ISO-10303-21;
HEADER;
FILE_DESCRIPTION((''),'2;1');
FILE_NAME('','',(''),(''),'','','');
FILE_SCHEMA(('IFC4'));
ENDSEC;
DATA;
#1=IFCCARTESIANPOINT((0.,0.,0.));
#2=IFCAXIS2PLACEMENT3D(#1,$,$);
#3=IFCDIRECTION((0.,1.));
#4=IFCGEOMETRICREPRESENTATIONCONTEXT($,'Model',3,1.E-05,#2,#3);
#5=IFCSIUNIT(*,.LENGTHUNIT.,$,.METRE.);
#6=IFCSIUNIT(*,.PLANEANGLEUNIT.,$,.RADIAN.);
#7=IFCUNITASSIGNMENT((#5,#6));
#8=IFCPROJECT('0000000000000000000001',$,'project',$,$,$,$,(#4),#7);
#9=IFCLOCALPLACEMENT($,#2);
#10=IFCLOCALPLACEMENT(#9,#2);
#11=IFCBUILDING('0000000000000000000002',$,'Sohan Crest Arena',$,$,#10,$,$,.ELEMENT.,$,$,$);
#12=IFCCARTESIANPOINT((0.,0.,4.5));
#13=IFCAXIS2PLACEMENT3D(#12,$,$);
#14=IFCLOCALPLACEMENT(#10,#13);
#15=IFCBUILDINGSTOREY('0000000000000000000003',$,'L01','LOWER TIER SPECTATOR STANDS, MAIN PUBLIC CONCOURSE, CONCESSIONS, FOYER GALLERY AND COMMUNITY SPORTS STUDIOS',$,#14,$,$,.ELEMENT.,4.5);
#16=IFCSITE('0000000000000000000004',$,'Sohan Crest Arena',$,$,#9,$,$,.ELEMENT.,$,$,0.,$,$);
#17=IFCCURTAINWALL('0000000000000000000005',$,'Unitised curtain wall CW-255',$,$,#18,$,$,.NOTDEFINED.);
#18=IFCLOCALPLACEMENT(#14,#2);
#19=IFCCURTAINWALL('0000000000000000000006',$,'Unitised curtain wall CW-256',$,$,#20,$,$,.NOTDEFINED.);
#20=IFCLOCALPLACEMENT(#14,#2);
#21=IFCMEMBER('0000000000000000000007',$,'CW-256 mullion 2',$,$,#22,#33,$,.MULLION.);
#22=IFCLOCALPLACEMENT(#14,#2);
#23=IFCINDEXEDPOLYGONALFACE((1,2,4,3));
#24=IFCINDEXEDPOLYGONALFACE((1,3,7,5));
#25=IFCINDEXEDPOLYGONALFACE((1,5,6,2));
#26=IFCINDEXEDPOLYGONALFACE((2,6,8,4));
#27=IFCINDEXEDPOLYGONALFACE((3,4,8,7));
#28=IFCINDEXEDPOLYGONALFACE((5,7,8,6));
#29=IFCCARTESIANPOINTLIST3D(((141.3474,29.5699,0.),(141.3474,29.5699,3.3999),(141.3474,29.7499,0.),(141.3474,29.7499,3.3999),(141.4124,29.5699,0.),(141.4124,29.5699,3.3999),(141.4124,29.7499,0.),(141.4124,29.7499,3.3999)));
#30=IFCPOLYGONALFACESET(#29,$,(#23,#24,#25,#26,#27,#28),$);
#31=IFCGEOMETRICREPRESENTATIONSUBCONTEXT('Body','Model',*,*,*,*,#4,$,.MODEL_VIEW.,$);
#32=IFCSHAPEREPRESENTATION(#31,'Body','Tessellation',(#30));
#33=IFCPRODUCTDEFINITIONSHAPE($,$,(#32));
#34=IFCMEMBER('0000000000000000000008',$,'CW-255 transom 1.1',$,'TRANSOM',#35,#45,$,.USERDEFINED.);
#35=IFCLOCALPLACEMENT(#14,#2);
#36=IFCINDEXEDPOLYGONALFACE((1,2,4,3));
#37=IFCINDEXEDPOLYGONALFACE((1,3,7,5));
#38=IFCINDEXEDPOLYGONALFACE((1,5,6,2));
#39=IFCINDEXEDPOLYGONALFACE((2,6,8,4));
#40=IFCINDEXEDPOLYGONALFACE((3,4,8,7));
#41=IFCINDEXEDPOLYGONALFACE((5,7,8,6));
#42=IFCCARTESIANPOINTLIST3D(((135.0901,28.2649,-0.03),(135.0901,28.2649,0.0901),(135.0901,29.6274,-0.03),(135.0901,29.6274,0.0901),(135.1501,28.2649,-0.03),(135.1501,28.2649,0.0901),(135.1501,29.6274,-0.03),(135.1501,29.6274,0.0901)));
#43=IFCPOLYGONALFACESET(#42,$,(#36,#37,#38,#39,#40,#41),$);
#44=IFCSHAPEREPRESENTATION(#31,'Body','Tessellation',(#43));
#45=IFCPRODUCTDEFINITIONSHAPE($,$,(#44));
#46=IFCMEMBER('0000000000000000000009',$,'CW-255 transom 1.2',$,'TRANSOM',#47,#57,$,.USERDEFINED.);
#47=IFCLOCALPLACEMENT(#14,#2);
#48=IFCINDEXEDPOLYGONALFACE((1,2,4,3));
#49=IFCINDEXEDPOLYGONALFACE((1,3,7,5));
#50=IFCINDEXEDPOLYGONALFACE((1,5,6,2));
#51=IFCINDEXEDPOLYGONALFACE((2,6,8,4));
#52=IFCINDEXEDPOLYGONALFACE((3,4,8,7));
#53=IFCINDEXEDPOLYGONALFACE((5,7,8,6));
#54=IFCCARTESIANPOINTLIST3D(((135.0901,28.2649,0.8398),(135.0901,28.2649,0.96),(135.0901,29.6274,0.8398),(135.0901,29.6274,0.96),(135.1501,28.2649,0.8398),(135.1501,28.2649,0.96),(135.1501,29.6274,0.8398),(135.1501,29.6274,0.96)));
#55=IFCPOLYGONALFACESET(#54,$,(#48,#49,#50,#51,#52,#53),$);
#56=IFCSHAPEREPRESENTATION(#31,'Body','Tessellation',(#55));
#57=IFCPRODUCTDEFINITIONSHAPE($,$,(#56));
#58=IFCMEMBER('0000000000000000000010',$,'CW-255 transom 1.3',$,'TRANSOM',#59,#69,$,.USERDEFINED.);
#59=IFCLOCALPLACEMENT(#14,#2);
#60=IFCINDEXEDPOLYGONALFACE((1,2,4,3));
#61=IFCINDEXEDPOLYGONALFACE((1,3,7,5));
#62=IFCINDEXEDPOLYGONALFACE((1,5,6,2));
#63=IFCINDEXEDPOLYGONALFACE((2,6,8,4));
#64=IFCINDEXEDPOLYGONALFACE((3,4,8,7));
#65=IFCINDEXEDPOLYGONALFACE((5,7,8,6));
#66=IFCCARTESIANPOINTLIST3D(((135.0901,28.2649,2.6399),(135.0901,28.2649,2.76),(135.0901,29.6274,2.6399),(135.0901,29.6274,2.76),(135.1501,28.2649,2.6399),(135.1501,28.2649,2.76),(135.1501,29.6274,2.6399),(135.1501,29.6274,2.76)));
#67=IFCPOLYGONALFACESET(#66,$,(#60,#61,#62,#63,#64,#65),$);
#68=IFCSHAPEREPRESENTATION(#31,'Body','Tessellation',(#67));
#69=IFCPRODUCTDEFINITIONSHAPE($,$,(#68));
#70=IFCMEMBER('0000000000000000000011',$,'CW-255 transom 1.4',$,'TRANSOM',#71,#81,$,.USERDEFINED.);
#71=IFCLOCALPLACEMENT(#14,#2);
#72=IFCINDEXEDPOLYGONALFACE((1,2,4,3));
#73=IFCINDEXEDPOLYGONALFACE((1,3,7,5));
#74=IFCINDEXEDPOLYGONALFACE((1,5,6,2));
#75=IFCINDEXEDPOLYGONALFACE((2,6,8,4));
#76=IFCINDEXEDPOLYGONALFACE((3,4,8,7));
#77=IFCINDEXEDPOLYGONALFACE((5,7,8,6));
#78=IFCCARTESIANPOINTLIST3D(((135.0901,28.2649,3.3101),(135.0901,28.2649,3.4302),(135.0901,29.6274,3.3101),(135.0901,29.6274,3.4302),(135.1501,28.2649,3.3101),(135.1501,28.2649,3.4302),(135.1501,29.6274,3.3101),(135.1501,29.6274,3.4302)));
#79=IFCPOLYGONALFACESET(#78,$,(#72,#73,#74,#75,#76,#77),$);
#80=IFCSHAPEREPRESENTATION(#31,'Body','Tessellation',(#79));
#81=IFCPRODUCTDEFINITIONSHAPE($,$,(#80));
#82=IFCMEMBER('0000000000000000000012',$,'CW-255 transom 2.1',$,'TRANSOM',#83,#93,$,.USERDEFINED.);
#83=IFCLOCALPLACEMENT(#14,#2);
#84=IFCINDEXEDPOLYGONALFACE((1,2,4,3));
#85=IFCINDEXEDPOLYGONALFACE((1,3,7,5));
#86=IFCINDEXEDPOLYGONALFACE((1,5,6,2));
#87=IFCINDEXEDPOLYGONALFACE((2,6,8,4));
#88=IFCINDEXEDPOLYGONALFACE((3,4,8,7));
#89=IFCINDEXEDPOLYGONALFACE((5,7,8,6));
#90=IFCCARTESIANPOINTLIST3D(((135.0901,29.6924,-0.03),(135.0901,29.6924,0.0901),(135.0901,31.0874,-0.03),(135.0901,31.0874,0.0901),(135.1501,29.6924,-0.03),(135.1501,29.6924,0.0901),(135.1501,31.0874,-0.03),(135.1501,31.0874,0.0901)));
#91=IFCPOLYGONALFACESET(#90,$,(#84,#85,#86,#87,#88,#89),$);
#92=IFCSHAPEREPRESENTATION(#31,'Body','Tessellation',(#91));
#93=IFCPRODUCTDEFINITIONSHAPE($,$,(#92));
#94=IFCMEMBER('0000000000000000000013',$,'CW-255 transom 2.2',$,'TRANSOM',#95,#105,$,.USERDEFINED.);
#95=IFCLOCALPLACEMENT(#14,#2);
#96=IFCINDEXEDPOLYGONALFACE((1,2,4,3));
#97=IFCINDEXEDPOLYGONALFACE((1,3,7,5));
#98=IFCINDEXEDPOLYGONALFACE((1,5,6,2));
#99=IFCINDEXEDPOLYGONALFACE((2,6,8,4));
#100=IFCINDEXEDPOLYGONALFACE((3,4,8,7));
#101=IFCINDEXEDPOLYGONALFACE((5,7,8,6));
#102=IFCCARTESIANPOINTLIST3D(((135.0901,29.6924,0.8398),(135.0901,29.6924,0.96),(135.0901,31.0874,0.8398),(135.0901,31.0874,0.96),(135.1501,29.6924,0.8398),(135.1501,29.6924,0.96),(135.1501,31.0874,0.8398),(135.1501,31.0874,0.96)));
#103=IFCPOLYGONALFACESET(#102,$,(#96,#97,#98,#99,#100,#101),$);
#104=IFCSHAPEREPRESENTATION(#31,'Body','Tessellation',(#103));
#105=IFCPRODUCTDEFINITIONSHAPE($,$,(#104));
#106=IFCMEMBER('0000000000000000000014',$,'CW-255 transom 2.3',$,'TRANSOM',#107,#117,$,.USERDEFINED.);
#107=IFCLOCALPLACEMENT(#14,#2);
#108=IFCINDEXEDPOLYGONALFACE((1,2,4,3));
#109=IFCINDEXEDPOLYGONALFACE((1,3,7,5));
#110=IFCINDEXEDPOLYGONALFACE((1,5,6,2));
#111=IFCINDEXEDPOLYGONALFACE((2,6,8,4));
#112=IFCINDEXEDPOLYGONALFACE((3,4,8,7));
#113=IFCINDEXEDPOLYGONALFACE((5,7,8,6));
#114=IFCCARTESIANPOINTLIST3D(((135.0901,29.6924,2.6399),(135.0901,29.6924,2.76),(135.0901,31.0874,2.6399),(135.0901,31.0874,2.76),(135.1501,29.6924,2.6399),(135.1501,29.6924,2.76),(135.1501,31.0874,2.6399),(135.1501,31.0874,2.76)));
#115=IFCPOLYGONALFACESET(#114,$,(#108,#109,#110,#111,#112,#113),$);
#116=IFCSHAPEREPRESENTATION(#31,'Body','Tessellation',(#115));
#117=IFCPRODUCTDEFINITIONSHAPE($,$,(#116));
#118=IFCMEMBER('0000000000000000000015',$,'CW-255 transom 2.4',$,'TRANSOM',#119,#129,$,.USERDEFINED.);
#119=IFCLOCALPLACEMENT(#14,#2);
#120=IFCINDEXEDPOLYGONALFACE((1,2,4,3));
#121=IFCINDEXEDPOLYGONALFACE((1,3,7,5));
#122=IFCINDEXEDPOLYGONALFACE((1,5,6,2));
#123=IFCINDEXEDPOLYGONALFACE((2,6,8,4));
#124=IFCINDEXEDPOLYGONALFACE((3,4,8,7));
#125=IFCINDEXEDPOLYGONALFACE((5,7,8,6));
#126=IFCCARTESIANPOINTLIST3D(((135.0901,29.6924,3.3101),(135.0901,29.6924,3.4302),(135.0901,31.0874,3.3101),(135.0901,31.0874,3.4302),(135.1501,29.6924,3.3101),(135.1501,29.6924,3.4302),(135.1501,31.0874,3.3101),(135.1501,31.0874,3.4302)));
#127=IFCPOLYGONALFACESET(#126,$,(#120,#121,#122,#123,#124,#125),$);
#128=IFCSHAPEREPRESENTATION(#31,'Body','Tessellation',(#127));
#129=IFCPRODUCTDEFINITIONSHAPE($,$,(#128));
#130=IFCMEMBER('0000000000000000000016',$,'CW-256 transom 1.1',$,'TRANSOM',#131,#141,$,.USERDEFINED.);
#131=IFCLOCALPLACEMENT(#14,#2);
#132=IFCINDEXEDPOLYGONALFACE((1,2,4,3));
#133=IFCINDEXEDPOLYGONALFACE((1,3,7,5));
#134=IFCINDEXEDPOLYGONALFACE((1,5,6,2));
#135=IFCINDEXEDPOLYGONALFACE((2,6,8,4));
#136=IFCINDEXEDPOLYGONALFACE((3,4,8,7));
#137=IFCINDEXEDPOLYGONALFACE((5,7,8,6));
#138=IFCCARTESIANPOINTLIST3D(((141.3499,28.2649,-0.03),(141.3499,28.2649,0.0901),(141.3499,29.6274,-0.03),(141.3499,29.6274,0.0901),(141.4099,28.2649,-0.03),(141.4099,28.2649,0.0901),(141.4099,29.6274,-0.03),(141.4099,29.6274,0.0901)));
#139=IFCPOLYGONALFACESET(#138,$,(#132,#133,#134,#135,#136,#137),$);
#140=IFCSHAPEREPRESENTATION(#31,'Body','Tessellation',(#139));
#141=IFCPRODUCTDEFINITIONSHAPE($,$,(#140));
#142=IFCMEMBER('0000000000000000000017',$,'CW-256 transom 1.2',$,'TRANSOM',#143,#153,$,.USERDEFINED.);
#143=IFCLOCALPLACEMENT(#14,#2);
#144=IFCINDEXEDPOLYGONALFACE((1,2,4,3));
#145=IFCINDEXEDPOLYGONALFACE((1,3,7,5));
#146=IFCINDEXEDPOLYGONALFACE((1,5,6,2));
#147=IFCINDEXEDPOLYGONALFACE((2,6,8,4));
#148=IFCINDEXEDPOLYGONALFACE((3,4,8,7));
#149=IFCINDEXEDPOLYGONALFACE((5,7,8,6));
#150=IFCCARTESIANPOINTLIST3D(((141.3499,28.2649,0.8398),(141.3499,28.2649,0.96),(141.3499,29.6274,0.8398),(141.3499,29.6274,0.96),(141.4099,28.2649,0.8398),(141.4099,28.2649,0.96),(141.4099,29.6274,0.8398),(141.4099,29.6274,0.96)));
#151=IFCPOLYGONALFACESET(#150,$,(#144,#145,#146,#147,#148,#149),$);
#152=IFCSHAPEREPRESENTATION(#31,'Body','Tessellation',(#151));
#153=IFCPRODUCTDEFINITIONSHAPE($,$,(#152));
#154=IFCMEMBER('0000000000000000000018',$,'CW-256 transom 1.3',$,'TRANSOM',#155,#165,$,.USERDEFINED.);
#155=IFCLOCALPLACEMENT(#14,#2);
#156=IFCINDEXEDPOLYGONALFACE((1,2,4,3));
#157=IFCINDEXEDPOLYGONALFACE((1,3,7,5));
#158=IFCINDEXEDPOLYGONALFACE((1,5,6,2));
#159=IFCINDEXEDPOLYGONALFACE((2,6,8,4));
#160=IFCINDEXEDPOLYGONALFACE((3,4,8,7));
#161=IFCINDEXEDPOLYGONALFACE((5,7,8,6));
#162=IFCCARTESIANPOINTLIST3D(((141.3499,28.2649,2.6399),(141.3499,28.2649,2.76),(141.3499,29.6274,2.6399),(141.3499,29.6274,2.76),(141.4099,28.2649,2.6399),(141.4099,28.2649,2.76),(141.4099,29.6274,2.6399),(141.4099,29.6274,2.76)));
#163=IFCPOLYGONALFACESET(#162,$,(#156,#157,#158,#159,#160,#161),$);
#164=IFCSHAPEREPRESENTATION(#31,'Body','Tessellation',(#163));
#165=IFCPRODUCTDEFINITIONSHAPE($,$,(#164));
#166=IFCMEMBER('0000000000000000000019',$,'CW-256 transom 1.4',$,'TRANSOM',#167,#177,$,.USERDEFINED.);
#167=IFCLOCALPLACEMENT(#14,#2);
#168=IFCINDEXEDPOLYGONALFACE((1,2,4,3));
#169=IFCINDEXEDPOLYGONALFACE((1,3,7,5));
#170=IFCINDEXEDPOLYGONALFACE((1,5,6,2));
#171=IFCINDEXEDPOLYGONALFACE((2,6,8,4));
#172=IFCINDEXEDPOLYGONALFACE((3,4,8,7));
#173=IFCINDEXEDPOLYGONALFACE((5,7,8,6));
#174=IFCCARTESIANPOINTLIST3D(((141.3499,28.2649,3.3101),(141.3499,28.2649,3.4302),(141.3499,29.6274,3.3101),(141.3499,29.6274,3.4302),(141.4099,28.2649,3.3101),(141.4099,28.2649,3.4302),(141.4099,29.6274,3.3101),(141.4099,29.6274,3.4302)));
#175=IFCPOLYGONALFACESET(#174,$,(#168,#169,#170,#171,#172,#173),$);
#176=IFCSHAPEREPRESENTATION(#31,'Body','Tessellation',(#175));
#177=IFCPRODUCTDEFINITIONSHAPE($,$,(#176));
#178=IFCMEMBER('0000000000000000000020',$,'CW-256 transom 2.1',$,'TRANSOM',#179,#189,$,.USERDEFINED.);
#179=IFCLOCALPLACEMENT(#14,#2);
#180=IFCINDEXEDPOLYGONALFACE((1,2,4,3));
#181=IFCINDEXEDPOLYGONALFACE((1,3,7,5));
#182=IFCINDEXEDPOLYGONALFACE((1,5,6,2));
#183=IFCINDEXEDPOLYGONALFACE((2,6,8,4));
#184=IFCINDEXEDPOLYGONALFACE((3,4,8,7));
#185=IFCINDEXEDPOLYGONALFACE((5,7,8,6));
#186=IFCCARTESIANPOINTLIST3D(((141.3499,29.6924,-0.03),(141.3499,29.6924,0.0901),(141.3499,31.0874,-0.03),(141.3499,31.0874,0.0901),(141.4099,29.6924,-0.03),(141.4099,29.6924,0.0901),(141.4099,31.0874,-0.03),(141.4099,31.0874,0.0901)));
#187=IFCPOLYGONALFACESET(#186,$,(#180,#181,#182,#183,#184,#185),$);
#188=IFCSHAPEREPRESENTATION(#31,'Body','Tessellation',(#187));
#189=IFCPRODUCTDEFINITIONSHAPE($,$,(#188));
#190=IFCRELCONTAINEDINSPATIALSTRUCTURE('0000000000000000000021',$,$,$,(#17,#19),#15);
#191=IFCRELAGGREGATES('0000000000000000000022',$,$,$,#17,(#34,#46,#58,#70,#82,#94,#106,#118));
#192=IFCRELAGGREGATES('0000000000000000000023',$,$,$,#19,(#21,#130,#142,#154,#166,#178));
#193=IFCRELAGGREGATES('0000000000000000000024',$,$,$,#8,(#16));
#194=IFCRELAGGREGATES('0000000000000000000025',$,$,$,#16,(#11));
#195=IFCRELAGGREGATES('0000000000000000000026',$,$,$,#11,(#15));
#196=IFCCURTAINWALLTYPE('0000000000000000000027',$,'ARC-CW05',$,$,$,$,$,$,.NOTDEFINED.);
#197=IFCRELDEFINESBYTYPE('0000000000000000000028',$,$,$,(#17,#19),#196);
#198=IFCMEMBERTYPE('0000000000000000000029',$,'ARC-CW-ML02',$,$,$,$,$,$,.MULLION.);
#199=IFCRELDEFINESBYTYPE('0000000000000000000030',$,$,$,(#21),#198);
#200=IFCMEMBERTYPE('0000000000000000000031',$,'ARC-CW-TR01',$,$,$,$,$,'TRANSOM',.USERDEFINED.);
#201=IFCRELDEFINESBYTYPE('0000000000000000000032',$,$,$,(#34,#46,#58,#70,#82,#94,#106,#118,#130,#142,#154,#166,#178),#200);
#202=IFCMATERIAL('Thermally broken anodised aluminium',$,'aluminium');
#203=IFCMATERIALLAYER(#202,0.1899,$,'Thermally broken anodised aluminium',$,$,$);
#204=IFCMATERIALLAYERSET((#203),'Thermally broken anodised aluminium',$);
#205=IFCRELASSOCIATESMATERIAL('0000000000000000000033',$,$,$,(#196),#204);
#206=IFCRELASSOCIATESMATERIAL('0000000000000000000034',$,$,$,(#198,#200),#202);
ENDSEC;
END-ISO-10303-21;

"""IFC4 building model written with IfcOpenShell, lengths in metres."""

from ifc_helpers import new_model, si_unit, direction, frame, origin, origin_2d, place, context, subcontext, project, spatial, rectangle, extrude, material, layer, layer_set, material_profile, profile_set, type_object, element, aggregate, save


model = new_model("IFC4")

# Units and contexts
model_context = context("Model", 3, precision=1e-05, world=origin(), true_north=direction((0.0, 1.0)))
body_context = subcontext(model_context, "Body", "Model", "MODEL_VIEW")
ifc_project = project(units=[si_unit("LENGTHUNIT", "METRE"), si_unit("PLANEANGLEUNIT", "RADIAN")], contexts=[model_context])

# Site, building, storey
site_placement = place(None, origin())
site = spatial("IfcSite", under=ifc_project, at=site_placement, Name="Sohan Crest Arena", CompositionType="ELEMENT", RefElevation=0.0)
building_placement = place(site_placement, origin())
building = spatial("IfcBuilding", under=site, at=building_placement, Name="Sohan Crest Arena", CompositionType="ELEMENT")
storey_placement = place(building_placement, frame((0.0, 0.0, 4.5)))
storey = spatial("IfcBuildingStorey", under=building, at=storey_placement, Name="L01", Description="LOWER TIER SPECTATOR STANDS, MAIN PUBLIC CONCOURSE, CONCESSIONS, FOYER GALLERY AND COMMUNITY SPORTS STUDIOS", CompositionType="ELEMENT", Elevation=4.5)

# Curtain walls, member
ifc_material_1 = material(Name="Thermally broken anodised aluminium", Category="aluminium")
ifc_layer_1 = layer(ifc_material_1, 0.1899, Name="Thermally broken anodised aluminium")
ifc_layer_set_1 = layer_set([ifc_layer_1], Name="Thermally broken anodised aluminium")
curtain_wall_type = type_object("IfcCurtainWallType", Name="ARC-CW05", PredefinedType="NOTDEFINED", material=ifc_layer_set_1)
curtain_wall_1_placement = place(storey_placement, origin())
curtain_wall_1 = element("IfcCurtainWall", 1, at=curtain_wall_1_placement, inside=storey, type_object=curtain_wall_type, Name="Unitised curtain wall CW-255", PredefinedType="NOTDEFINED")
ifc_material_profile_1 = material_profile(ifc_material_1, rectangle(XDim=0.0649, YDim=0.1799, at=origin_2d()), Name="ALU-MULL 65x180")
ifc_profile_set_1 = profile_set([ifc_material_profile_1], Name="Thermally broken anodised aluminium")
member_type_1 = type_object("IfcMemberType", Name="ARC-CW-ML02", PredefinedType="MULLION", material=ifc_profile_set_1)
curtain_wall_2_placement = place(storey_placement, origin())
curtain_wall_2 = element("IfcCurtainWall", 2, at=curtain_wall_2_placement, inside=storey, type_object=curtain_wall_type, Name="Unitised curtain wall CW-256", PredefinedType="NOTDEFINED")
member_1_placement = place(storey_placement, frame((141.3799, 29.6599, 0.0), z_axis=(0.0, 0.0, 1.0), x_axis=(-1.0, 0.0, 0.0)))
member_1 = element("IfcMember", 3, at=member_1_placement, type_object=member_type_1, Name="CW-256 mullion 2", PredefinedType="MULLION", context=body_context, shape_type="SweptSolid", body=[
    extrude(rectangle(XDim=0.0649, YDim=0.1799, at=origin_2d()), origin(), (0.0, 0.0, 1.0), 3.3999),
])

# Members
ifc_material_profile_2 = material_profile(ifc_material_1, rectangle(XDim=0.0601, YDim=0.1201, at=origin_2d()), Name="ALU-TRAN 60x120")
ifc_profile_set_2 = profile_set([ifc_material_profile_2], Name="Thermally broken anodised aluminium")
member_type_2 = type_object("IfcMemberType", Name="ARC-CW-TR01", ElementType="TRANSOM", PredefinedType="USERDEFINED", material=ifc_profile_set_2)
member_2_placement = place(storey_placement, frame((135.1201, 28.2649, 0.03), z_axis=(0.0, 1.0, 0.0), x_axis=(-1.0, 0.0, 0.0)))
member_2 = element("IfcMember", 4, at=member_2_placement, type_object=member_type_2, Name="CW-255 transom 1.1", ObjectType="TRANSOM", PredefinedType="USERDEFINED", context=body_context, shape_type="SweptSolid", body=[
    extrude(rectangle(XDim=0.0601, YDim=0.1201, at=origin_2d()), origin(), (0.0, 0.0, 1.0), 1.3625),
])
member_3_placement = place(storey_placement, frame((135.1201, 28.2649, 0.8999), z_axis=(0.0, 1.0, 0.0), x_axis=(-1.0, 0.0, 0.0)))
member_3 = element("IfcMember", 5, at=member_3_placement, type_object=member_type_2, Name="CW-255 transom 1.2", ObjectType="TRANSOM", PredefinedType="USERDEFINED", context=body_context, shape_type="SweptSolid", body=[
    extrude(rectangle(XDim=0.0601, YDim=0.1201, at=origin_2d()), origin(), (0.0, 0.0, 1.0), 1.3625),
])
member_4_placement = place(storey_placement, frame((135.1201, 28.2649, 2.7), z_axis=(0.0, 1.0, 0.0), x_axis=(-1.0, 0.0, 0.0)))
member_4 = element("IfcMember", 6, at=member_4_placement, type_object=member_type_2, Name="CW-255 transom 1.3", ObjectType="TRANSOM", PredefinedType="USERDEFINED", context=body_context, shape_type="SweptSolid", body=[
    extrude(rectangle(XDim=0.0601, YDim=0.1201, at=origin_2d()), origin(), (0.0, 0.0, 1.0), 1.3625),
])
member_5_placement = place(storey_placement, frame((135.1201, 28.2649, 3.3701), z_axis=(0.0, 1.0, 0.0), x_axis=(-1.0, 0.0, 0.0)))
member_5 = element("IfcMember", 7, at=member_5_placement, type_object=member_type_2, Name="CW-255 transom 1.4", ObjectType="TRANSOM", PredefinedType="USERDEFINED", context=body_context, shape_type="SweptSolid", body=[
    extrude(rectangle(XDim=0.0601, YDim=0.1201, at=origin_2d()), origin(), (0.0, 0.0, 1.0), 1.3625),
])
member_6_placement = place(storey_placement, frame((135.1201, 29.6924, 0.03), z_axis=(0.0, 1.0, 0.0), x_axis=(-1.0, 0.0, 0.0)))
member_6 = element("IfcMember", 8, at=member_6_placement, type_object=member_type_2, Name="CW-255 transom 2.1", ObjectType="TRANSOM", PredefinedType="USERDEFINED", context=body_context, shape_type="SweptSolid", body=[
    extrude(rectangle(XDim=0.0601, YDim=0.1201, at=origin_2d()), origin(), (0.0, 0.0, 1.0), 1.395),
])
member_7_placement = place(storey_placement, frame((135.1201, 29.6924, 0.8999), z_axis=(0.0, 1.0, 0.0), x_axis=(-1.0, 0.0, 0.0)))
member_7 = element("IfcMember", 9, at=member_7_placement, type_object=member_type_2, Name="CW-255 transom 2.2", ObjectType="TRANSOM", PredefinedType="USERDEFINED", context=body_context, shape_type="SweptSolid", body=[
    extrude(rectangle(XDim=0.0601, YDim=0.1201, at=origin_2d()), origin(), (0.0, 0.0, 1.0), 1.395),
])
member_8_placement = place(storey_placement, frame((135.1201, 29.6924, 2.7), z_axis=(0.0, 1.0, 0.0), x_axis=(-1.0, 0.0, 0.0)))
member_8 = element("IfcMember", 10, at=member_8_placement, type_object=member_type_2, Name="CW-255 transom 2.3", ObjectType="TRANSOM", PredefinedType="USERDEFINED", context=body_context, shape_type="SweptSolid", body=[
    extrude(rectangle(XDim=0.0601, YDim=0.1201, at=origin_2d()), origin(), (0.0, 0.0, 1.0), 1.395),
])
member_9_placement = place(storey_placement, frame((135.1201, 29.6924, 3.3701), z_axis=(0.0, 1.0, 0.0), x_axis=(-1.0, 0.0, 0.0)))
member_9 = element("IfcMember", 11, at=member_9_placement, type_object=member_type_2, Name="CW-255 transom 2.4", ObjectType="TRANSOM", PredefinedType="USERDEFINED", context=body_context, shape_type="SweptSolid", body=[
    extrude(rectangle(XDim=0.0601, YDim=0.1201, at=origin_2d()), origin(), (0.0, 0.0, 1.0), 1.395),
])
member_10_placement = place(storey_placement, frame((141.3799, 28.2649, 0.03), z_axis=(0.0, 1.0, 0.0), x_axis=(-1.0, 0.0, 0.0)))
member_10 = element("IfcMember", 12, at=member_10_placement, type_object=member_type_2, Name="CW-256 transom 1.1", ObjectType="TRANSOM", PredefinedType="USERDEFINED", context=body_context, shape_type="SweptSolid", body=[
    extrude(rectangle(XDim=0.0601, YDim=0.1201, at=origin_2d()), origin(), (0.0, 0.0, 1.0), 1.3625),
])
member_11_placement = place(storey_placement, frame((141.3799, 28.2649, 0.8999), z_axis=(0.0, 1.0, 0.0), x_axis=(-1.0, 0.0, 0.0)))
member_11 = element("IfcMember", 13, at=member_11_placement, type_object=member_type_2, Name="CW-256 transom 1.2", ObjectType="TRANSOM", PredefinedType="USERDEFINED", context=body_context, shape_type="SweptSolid", body=[
    extrude(rectangle(XDim=0.0601, YDim=0.1201, at=origin_2d()), origin(), (0.0, 0.0, 1.0), 1.3625),
])
member_12_placement = place(storey_placement, frame((141.3799, 28.2649, 2.7), z_axis=(0.0, 1.0, 0.0), x_axis=(-1.0, 0.0, 0.0)))
member_12 = element("IfcMember", 14, at=member_12_placement, type_object=member_type_2, Name="CW-256 transom 1.3", ObjectType="TRANSOM", PredefinedType="USERDEFINED", context=body_context, shape_type="SweptSolid", body=[
    extrude(rectangle(XDim=0.0601, YDim=0.1201, at=origin_2d()), origin(), (0.0, 0.0, 1.0), 1.3625),
])
member_13_placement = place(storey_placement, frame((141.3799, 28.2649, 3.3701), z_axis=(0.0, 1.0, 0.0), x_axis=(-1.0, 0.0, 0.0)))
member_13 = element("IfcMember", 15, at=member_13_placement, type_object=member_type_2, Name="CW-256 transom 1.4", ObjectType="TRANSOM", PredefinedType="USERDEFINED", context=body_context, shape_type="SweptSolid", body=[
    extrude(rectangle(XDim=0.0601, YDim=0.1201, at=origin_2d()), origin(), (0.0, 0.0, 1.0), 1.3625),
])
member_14_placement = place(storey_placement, frame((141.3799, 29.6924, 0.03), z_axis=(0.0, 1.0, 0.0), x_axis=(-1.0, 0.0, 0.0)))
member_14 = element("IfcMember", 16, at=member_14_placement, type_object=member_type_2, Name="CW-256 transom 2.1", ObjectType="TRANSOM", PredefinedType="USERDEFINED", context=body_context, shape_type="SweptSolid", body=[
    extrude(rectangle(XDim=0.0601, YDim=0.1201, at=origin_2d()), origin(), (0.0, 0.0, 1.0), 1.395),
])

aggregate(curtain_wall_1, [member_2, member_3, member_4, member_5, member_6, member_7, member_8, member_9])
aggregate(curtain_wall_2, [member_1, member_10, member_11, member_12, member_13, member_14])

save(model, "model.ifc")
